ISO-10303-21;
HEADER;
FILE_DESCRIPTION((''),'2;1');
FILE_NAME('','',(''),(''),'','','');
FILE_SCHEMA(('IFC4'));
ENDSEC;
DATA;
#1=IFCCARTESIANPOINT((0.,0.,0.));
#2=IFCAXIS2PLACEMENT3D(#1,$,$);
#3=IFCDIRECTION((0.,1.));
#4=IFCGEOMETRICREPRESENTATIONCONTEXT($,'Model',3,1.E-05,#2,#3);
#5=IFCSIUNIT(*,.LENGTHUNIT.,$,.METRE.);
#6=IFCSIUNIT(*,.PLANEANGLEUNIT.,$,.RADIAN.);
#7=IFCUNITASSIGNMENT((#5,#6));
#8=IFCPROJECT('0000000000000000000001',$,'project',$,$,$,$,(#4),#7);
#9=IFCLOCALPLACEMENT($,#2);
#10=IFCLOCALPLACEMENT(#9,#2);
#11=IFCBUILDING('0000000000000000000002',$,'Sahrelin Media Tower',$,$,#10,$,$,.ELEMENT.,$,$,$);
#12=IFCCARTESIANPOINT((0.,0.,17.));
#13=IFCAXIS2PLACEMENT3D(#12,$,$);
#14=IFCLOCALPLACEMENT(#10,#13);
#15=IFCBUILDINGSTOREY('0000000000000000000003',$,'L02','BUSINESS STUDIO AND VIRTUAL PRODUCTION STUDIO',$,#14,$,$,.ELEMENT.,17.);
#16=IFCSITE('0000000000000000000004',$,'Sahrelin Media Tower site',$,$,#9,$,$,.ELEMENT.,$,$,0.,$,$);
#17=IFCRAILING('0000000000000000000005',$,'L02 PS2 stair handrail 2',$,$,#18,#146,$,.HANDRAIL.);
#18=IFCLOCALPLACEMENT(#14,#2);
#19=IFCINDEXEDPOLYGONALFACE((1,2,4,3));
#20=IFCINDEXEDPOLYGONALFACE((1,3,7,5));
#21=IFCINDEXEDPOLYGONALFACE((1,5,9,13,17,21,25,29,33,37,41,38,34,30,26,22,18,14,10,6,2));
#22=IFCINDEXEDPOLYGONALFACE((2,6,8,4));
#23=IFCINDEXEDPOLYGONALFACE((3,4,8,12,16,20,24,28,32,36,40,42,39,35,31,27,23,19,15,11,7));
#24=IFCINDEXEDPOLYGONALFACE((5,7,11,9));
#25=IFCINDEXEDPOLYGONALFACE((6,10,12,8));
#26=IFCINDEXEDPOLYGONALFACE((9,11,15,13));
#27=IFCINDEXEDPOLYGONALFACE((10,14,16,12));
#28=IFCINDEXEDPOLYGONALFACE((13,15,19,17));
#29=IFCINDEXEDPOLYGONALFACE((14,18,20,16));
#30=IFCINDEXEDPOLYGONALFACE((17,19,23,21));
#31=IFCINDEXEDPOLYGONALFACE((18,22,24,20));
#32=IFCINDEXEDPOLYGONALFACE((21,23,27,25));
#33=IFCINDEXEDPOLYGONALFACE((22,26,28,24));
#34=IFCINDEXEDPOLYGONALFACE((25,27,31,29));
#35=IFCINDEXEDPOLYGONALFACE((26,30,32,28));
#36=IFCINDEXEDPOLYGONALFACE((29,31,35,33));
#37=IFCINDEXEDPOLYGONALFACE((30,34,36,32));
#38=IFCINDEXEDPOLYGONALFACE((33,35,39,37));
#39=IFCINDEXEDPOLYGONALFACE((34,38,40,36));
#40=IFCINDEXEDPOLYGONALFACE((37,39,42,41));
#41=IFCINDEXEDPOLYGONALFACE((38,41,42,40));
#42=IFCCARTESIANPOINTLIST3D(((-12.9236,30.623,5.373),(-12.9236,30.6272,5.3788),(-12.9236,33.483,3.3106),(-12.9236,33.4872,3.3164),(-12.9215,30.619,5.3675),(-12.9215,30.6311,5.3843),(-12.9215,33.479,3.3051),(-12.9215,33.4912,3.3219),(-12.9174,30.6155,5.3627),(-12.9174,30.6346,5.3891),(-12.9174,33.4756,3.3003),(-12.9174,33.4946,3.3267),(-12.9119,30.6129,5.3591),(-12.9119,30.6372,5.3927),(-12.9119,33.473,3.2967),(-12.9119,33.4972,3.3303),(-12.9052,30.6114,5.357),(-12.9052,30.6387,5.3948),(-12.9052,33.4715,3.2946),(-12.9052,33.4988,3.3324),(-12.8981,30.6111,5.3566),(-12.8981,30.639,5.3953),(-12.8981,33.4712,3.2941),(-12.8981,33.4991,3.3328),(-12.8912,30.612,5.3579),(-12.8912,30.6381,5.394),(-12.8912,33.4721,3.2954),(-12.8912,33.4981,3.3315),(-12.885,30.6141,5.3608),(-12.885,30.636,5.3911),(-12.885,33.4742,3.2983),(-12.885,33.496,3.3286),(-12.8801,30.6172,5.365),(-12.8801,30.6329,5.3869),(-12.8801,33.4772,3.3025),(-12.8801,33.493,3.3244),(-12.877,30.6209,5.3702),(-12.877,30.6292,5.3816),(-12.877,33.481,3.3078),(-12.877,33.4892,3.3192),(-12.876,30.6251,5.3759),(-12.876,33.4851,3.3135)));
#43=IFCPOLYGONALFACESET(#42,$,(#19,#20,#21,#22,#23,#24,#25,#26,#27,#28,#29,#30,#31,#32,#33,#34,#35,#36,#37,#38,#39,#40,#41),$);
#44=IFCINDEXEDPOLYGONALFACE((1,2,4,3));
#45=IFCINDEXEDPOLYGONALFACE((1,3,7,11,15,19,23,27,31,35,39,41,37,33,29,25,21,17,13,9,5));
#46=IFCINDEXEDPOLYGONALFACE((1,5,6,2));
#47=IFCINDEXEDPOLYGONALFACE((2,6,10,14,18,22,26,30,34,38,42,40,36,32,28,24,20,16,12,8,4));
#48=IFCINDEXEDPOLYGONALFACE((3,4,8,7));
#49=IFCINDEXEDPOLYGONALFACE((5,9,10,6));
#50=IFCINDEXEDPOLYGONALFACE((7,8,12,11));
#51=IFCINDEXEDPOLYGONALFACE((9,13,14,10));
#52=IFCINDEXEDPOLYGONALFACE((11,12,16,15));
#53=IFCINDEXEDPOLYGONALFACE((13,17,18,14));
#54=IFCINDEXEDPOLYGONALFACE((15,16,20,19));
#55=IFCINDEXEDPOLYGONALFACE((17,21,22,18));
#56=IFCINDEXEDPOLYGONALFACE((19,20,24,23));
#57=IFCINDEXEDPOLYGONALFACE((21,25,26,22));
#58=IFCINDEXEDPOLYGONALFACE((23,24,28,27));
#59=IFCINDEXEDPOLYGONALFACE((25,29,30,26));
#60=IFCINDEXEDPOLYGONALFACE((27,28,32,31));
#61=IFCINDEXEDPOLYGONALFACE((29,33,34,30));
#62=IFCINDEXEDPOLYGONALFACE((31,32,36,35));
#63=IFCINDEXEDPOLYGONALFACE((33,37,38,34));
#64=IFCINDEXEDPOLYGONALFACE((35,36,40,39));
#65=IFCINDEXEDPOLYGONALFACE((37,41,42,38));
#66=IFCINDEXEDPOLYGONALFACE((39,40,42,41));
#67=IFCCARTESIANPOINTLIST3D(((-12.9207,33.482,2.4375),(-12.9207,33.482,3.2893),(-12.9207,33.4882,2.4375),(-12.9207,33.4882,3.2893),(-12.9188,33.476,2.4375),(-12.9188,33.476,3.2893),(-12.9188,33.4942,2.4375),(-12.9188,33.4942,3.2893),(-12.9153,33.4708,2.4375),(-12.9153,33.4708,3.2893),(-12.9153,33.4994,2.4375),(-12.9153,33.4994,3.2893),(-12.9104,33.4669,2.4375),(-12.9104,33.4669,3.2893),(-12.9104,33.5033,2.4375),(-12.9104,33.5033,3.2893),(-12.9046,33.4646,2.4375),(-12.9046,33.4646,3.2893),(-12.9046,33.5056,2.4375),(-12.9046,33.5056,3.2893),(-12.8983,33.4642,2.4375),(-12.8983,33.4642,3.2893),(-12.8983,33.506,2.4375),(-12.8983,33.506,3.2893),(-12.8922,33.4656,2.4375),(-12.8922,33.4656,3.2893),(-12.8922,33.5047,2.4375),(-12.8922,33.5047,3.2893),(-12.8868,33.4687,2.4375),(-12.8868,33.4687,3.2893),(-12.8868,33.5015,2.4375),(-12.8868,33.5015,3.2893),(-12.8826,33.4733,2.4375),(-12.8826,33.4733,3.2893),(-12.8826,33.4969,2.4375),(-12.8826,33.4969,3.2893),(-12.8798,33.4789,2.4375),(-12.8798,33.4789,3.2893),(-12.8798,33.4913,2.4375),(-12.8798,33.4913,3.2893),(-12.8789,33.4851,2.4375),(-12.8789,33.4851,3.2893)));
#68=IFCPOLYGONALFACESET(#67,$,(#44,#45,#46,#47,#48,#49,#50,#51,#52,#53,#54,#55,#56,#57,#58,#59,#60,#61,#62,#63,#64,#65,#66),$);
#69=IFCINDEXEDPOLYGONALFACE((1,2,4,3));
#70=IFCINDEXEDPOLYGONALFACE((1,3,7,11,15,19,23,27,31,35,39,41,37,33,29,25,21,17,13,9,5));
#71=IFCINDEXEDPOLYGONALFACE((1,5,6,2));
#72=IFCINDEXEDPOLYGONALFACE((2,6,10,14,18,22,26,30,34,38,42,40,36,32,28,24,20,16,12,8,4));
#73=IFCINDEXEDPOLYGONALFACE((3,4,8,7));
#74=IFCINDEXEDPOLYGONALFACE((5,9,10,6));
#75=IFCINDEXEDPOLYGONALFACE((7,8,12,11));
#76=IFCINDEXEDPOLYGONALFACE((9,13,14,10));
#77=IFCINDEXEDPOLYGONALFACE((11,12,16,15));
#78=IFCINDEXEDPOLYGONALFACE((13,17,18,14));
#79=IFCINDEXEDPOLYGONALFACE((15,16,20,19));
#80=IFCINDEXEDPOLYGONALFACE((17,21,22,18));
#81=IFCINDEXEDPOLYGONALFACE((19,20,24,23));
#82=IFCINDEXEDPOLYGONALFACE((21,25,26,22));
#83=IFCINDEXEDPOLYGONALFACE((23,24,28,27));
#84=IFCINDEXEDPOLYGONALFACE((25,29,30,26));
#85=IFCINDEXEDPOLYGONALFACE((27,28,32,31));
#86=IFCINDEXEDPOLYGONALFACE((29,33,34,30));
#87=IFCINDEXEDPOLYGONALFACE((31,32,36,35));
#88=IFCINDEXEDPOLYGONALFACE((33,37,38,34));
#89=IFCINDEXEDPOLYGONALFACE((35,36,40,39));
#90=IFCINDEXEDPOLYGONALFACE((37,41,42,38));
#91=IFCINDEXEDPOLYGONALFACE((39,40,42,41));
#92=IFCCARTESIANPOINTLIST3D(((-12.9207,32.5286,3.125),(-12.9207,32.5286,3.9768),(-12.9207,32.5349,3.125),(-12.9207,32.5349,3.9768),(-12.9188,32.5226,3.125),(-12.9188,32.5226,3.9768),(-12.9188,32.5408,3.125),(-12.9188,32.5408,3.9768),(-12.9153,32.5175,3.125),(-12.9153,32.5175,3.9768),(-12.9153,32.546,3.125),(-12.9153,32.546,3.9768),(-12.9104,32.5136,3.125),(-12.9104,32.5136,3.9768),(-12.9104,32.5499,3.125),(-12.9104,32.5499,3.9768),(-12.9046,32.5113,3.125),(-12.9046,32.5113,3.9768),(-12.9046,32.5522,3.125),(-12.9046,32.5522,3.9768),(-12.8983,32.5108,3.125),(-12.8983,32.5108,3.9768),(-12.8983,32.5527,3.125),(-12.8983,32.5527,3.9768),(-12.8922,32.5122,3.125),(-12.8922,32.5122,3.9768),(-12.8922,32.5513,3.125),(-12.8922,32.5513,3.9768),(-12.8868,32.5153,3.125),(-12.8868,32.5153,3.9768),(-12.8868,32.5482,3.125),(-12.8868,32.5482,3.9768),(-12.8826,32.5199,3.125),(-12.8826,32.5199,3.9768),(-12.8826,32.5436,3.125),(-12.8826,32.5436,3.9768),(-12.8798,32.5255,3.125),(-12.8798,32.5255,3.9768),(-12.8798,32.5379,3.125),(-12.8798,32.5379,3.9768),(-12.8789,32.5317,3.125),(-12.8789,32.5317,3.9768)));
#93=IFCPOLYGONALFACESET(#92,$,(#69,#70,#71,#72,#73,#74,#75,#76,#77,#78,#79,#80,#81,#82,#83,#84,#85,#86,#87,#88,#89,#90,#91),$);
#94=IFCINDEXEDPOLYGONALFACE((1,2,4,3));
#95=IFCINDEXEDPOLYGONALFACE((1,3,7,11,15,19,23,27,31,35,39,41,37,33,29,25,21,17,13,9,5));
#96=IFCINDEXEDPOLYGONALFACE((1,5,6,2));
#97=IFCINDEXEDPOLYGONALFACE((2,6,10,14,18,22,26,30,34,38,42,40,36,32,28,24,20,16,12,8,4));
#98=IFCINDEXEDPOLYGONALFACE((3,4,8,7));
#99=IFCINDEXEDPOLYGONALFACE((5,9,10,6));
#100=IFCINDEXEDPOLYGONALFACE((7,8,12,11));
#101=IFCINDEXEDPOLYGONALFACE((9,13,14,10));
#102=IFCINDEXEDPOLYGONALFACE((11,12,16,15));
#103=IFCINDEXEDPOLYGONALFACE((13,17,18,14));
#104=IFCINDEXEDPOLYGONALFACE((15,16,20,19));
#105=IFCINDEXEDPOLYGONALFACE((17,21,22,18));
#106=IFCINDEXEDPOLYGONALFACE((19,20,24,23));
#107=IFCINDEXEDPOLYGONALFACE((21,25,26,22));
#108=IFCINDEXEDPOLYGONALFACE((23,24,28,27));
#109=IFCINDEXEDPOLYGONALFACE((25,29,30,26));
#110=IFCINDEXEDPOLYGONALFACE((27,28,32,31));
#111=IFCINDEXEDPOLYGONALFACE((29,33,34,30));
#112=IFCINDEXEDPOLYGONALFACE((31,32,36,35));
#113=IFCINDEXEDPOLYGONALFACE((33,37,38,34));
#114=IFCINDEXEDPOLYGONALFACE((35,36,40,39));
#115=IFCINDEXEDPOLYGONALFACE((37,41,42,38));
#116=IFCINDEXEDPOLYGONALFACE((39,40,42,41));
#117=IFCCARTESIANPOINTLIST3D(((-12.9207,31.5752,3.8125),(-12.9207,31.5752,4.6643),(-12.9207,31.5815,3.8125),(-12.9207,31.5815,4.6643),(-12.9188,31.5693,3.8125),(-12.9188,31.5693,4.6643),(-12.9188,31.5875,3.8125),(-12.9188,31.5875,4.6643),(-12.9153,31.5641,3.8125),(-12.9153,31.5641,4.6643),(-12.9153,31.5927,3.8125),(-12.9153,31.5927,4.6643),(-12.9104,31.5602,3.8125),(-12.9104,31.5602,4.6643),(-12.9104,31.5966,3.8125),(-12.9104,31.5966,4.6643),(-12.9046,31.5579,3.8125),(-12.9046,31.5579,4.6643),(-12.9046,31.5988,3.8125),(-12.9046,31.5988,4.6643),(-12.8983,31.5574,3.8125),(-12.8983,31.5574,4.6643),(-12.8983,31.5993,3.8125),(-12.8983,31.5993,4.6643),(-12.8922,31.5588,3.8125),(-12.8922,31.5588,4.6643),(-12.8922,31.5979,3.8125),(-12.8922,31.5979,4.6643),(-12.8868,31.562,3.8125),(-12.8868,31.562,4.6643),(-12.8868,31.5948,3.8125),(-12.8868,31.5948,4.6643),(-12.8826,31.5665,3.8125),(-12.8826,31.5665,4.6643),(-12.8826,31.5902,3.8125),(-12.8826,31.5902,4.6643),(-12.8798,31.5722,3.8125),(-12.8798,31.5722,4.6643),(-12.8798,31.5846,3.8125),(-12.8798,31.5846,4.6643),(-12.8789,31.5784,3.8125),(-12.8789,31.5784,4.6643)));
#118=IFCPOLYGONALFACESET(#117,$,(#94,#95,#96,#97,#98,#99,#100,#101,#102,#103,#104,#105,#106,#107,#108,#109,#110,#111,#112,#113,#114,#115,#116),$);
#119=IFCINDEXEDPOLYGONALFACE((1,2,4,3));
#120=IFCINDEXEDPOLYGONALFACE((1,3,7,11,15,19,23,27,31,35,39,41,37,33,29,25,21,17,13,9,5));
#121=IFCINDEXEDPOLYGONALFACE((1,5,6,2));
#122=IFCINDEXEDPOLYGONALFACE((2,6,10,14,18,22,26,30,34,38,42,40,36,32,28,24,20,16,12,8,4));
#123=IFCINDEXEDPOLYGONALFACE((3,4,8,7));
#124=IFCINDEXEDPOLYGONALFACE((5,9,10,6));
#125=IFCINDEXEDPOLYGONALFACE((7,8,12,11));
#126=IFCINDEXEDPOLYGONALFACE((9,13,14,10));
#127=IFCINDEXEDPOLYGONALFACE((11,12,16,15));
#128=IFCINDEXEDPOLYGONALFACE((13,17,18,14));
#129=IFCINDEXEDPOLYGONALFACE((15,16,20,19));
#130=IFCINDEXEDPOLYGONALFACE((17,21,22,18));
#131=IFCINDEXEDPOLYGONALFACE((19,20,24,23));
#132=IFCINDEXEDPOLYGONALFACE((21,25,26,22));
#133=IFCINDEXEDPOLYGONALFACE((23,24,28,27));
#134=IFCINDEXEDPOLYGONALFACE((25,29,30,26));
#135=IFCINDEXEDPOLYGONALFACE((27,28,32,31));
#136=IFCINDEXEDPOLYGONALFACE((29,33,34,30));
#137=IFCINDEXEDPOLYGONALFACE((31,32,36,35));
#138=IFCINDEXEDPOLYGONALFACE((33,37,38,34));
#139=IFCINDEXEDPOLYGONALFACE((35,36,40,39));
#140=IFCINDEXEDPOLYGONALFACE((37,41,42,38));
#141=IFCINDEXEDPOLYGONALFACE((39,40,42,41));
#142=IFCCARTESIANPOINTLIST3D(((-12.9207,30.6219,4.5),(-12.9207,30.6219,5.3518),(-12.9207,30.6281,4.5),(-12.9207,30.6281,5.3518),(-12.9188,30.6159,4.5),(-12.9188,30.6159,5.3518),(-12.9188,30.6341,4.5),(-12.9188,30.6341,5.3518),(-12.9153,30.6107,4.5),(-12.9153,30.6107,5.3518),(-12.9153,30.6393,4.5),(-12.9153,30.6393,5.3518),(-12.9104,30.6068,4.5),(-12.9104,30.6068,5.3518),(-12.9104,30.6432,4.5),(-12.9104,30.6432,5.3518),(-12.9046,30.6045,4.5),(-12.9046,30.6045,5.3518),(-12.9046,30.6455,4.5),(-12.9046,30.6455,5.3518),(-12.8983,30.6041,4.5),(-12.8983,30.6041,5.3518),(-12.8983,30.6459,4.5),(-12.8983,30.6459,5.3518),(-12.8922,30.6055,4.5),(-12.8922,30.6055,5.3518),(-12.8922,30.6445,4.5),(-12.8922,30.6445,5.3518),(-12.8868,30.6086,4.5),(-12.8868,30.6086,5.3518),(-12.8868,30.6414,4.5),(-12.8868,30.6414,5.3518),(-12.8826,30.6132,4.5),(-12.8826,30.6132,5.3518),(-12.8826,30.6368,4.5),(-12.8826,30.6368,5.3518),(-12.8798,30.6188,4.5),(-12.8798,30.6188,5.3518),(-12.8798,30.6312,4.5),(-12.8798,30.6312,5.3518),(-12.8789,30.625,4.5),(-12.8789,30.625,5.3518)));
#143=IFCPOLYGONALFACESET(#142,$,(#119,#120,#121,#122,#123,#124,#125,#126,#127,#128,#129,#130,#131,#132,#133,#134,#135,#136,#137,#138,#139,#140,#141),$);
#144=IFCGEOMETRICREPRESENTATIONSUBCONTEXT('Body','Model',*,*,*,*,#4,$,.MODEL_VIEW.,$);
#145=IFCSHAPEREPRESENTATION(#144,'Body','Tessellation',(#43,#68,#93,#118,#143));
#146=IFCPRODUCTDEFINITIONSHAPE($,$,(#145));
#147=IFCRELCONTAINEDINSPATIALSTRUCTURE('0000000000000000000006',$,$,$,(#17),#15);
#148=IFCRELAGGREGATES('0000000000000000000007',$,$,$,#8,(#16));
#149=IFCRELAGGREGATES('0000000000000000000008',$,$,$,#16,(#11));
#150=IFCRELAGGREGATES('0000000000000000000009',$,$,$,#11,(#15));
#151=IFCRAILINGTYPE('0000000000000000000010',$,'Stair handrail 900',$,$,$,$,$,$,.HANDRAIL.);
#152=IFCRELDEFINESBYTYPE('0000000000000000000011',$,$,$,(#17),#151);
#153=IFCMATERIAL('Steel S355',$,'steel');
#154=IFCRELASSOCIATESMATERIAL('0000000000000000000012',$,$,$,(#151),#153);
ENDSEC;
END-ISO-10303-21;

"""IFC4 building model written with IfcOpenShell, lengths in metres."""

from ifc_helpers import new_model, si_unit, direction, frame, origin, origin_2d, place, context, subcontext, project, spatial, circle, extrude, material, type_object, element, save


model = new_model("IFC4")

# Units and contexts
model_context = context("Model", 3, precision=1e-05, world=origin(), true_north=direction((0.0, 1.0)))
body_context = subcontext(model_context, "Body", "Model", "MODEL_VIEW")
ifc_project = project(units=[si_unit("LENGTHUNIT", "METRE"), si_unit("PLANEANGLEUNIT", "RADIAN")], contexts=[model_context])

# Site, building, storey
site_placement = place(None, origin())
site = spatial("IfcSite", under=ifc_project, at=site_placement, Name="Sahrelin Media Tower site", CompositionType="ELEMENT", RefElevation=0.0)
building_placement = place(site_placement, origin())
building = spatial("IfcBuilding", under=site, at=building_placement, Name="Sahrelin Media Tower", CompositionType="ELEMENT")
storey_placement = place(building_placement, frame((0.0, 0.0, 17.0)))
storey = spatial("IfcBuildingStorey", under=building, at=storey_placement, Name="L02", Description="BUSINESS STUDIO AND VIRTUAL PRODUCTION STUDIO", CompositionType="ELEMENT", Elevation=17.0)

# Shared definitions
ifc_material_1 = material(Name="Steel S355", Category="steel")

# Railing
railing_type_1 = type_object("IfcRailingType", Name="Stair handrail 900", PredefinedType="HANDRAIL", material=ifc_material_1)
for number, where, name in (
    (1, (-12.8999, 33.4851, 2.4375), "L02 PS2 stair handrail 2"),
):
    element("IfcRailing", number, at=place(storey_placement, frame(where)), inside=storey, type_object=railing_type_1, Name=name, PredefinedType="HANDRAIL", context=body_context, shape_type="SweptSolid", body=[
        extrude(circle(Radius=0.0239, at=origin_2d()), frame((0.0, 0.0, 0.876), z_axis=(0.0, -0.811101, 0.584906), x_axis=(1.0, 0.0, 0.0)), (0.0, 0.0, 1.0), 3.5261),
        extrude(circle(Radius=0.021, at=origin_2d()), origin(), (0.0, 0.0, 1.0), 0.8518),
        extrude(circle(Radius=0.021, at=origin_2d()), frame((0.0, -0.9534, 0.6875)), (0.0, 0.0, 1.0), 0.8518),
        extrude(circle(Radius=0.021, at=origin_2d()), frame((0.0, -1.9067, 1.375)), (0.0, 0.0, 1.0), 0.8518),
        extrude(circle(Radius=0.021, at=origin_2d()), frame((0.0, -2.8601, 2.0625)), (0.0, 0.0, 1.0), 0.8518),
    ])

save(model, "model.ifc")
